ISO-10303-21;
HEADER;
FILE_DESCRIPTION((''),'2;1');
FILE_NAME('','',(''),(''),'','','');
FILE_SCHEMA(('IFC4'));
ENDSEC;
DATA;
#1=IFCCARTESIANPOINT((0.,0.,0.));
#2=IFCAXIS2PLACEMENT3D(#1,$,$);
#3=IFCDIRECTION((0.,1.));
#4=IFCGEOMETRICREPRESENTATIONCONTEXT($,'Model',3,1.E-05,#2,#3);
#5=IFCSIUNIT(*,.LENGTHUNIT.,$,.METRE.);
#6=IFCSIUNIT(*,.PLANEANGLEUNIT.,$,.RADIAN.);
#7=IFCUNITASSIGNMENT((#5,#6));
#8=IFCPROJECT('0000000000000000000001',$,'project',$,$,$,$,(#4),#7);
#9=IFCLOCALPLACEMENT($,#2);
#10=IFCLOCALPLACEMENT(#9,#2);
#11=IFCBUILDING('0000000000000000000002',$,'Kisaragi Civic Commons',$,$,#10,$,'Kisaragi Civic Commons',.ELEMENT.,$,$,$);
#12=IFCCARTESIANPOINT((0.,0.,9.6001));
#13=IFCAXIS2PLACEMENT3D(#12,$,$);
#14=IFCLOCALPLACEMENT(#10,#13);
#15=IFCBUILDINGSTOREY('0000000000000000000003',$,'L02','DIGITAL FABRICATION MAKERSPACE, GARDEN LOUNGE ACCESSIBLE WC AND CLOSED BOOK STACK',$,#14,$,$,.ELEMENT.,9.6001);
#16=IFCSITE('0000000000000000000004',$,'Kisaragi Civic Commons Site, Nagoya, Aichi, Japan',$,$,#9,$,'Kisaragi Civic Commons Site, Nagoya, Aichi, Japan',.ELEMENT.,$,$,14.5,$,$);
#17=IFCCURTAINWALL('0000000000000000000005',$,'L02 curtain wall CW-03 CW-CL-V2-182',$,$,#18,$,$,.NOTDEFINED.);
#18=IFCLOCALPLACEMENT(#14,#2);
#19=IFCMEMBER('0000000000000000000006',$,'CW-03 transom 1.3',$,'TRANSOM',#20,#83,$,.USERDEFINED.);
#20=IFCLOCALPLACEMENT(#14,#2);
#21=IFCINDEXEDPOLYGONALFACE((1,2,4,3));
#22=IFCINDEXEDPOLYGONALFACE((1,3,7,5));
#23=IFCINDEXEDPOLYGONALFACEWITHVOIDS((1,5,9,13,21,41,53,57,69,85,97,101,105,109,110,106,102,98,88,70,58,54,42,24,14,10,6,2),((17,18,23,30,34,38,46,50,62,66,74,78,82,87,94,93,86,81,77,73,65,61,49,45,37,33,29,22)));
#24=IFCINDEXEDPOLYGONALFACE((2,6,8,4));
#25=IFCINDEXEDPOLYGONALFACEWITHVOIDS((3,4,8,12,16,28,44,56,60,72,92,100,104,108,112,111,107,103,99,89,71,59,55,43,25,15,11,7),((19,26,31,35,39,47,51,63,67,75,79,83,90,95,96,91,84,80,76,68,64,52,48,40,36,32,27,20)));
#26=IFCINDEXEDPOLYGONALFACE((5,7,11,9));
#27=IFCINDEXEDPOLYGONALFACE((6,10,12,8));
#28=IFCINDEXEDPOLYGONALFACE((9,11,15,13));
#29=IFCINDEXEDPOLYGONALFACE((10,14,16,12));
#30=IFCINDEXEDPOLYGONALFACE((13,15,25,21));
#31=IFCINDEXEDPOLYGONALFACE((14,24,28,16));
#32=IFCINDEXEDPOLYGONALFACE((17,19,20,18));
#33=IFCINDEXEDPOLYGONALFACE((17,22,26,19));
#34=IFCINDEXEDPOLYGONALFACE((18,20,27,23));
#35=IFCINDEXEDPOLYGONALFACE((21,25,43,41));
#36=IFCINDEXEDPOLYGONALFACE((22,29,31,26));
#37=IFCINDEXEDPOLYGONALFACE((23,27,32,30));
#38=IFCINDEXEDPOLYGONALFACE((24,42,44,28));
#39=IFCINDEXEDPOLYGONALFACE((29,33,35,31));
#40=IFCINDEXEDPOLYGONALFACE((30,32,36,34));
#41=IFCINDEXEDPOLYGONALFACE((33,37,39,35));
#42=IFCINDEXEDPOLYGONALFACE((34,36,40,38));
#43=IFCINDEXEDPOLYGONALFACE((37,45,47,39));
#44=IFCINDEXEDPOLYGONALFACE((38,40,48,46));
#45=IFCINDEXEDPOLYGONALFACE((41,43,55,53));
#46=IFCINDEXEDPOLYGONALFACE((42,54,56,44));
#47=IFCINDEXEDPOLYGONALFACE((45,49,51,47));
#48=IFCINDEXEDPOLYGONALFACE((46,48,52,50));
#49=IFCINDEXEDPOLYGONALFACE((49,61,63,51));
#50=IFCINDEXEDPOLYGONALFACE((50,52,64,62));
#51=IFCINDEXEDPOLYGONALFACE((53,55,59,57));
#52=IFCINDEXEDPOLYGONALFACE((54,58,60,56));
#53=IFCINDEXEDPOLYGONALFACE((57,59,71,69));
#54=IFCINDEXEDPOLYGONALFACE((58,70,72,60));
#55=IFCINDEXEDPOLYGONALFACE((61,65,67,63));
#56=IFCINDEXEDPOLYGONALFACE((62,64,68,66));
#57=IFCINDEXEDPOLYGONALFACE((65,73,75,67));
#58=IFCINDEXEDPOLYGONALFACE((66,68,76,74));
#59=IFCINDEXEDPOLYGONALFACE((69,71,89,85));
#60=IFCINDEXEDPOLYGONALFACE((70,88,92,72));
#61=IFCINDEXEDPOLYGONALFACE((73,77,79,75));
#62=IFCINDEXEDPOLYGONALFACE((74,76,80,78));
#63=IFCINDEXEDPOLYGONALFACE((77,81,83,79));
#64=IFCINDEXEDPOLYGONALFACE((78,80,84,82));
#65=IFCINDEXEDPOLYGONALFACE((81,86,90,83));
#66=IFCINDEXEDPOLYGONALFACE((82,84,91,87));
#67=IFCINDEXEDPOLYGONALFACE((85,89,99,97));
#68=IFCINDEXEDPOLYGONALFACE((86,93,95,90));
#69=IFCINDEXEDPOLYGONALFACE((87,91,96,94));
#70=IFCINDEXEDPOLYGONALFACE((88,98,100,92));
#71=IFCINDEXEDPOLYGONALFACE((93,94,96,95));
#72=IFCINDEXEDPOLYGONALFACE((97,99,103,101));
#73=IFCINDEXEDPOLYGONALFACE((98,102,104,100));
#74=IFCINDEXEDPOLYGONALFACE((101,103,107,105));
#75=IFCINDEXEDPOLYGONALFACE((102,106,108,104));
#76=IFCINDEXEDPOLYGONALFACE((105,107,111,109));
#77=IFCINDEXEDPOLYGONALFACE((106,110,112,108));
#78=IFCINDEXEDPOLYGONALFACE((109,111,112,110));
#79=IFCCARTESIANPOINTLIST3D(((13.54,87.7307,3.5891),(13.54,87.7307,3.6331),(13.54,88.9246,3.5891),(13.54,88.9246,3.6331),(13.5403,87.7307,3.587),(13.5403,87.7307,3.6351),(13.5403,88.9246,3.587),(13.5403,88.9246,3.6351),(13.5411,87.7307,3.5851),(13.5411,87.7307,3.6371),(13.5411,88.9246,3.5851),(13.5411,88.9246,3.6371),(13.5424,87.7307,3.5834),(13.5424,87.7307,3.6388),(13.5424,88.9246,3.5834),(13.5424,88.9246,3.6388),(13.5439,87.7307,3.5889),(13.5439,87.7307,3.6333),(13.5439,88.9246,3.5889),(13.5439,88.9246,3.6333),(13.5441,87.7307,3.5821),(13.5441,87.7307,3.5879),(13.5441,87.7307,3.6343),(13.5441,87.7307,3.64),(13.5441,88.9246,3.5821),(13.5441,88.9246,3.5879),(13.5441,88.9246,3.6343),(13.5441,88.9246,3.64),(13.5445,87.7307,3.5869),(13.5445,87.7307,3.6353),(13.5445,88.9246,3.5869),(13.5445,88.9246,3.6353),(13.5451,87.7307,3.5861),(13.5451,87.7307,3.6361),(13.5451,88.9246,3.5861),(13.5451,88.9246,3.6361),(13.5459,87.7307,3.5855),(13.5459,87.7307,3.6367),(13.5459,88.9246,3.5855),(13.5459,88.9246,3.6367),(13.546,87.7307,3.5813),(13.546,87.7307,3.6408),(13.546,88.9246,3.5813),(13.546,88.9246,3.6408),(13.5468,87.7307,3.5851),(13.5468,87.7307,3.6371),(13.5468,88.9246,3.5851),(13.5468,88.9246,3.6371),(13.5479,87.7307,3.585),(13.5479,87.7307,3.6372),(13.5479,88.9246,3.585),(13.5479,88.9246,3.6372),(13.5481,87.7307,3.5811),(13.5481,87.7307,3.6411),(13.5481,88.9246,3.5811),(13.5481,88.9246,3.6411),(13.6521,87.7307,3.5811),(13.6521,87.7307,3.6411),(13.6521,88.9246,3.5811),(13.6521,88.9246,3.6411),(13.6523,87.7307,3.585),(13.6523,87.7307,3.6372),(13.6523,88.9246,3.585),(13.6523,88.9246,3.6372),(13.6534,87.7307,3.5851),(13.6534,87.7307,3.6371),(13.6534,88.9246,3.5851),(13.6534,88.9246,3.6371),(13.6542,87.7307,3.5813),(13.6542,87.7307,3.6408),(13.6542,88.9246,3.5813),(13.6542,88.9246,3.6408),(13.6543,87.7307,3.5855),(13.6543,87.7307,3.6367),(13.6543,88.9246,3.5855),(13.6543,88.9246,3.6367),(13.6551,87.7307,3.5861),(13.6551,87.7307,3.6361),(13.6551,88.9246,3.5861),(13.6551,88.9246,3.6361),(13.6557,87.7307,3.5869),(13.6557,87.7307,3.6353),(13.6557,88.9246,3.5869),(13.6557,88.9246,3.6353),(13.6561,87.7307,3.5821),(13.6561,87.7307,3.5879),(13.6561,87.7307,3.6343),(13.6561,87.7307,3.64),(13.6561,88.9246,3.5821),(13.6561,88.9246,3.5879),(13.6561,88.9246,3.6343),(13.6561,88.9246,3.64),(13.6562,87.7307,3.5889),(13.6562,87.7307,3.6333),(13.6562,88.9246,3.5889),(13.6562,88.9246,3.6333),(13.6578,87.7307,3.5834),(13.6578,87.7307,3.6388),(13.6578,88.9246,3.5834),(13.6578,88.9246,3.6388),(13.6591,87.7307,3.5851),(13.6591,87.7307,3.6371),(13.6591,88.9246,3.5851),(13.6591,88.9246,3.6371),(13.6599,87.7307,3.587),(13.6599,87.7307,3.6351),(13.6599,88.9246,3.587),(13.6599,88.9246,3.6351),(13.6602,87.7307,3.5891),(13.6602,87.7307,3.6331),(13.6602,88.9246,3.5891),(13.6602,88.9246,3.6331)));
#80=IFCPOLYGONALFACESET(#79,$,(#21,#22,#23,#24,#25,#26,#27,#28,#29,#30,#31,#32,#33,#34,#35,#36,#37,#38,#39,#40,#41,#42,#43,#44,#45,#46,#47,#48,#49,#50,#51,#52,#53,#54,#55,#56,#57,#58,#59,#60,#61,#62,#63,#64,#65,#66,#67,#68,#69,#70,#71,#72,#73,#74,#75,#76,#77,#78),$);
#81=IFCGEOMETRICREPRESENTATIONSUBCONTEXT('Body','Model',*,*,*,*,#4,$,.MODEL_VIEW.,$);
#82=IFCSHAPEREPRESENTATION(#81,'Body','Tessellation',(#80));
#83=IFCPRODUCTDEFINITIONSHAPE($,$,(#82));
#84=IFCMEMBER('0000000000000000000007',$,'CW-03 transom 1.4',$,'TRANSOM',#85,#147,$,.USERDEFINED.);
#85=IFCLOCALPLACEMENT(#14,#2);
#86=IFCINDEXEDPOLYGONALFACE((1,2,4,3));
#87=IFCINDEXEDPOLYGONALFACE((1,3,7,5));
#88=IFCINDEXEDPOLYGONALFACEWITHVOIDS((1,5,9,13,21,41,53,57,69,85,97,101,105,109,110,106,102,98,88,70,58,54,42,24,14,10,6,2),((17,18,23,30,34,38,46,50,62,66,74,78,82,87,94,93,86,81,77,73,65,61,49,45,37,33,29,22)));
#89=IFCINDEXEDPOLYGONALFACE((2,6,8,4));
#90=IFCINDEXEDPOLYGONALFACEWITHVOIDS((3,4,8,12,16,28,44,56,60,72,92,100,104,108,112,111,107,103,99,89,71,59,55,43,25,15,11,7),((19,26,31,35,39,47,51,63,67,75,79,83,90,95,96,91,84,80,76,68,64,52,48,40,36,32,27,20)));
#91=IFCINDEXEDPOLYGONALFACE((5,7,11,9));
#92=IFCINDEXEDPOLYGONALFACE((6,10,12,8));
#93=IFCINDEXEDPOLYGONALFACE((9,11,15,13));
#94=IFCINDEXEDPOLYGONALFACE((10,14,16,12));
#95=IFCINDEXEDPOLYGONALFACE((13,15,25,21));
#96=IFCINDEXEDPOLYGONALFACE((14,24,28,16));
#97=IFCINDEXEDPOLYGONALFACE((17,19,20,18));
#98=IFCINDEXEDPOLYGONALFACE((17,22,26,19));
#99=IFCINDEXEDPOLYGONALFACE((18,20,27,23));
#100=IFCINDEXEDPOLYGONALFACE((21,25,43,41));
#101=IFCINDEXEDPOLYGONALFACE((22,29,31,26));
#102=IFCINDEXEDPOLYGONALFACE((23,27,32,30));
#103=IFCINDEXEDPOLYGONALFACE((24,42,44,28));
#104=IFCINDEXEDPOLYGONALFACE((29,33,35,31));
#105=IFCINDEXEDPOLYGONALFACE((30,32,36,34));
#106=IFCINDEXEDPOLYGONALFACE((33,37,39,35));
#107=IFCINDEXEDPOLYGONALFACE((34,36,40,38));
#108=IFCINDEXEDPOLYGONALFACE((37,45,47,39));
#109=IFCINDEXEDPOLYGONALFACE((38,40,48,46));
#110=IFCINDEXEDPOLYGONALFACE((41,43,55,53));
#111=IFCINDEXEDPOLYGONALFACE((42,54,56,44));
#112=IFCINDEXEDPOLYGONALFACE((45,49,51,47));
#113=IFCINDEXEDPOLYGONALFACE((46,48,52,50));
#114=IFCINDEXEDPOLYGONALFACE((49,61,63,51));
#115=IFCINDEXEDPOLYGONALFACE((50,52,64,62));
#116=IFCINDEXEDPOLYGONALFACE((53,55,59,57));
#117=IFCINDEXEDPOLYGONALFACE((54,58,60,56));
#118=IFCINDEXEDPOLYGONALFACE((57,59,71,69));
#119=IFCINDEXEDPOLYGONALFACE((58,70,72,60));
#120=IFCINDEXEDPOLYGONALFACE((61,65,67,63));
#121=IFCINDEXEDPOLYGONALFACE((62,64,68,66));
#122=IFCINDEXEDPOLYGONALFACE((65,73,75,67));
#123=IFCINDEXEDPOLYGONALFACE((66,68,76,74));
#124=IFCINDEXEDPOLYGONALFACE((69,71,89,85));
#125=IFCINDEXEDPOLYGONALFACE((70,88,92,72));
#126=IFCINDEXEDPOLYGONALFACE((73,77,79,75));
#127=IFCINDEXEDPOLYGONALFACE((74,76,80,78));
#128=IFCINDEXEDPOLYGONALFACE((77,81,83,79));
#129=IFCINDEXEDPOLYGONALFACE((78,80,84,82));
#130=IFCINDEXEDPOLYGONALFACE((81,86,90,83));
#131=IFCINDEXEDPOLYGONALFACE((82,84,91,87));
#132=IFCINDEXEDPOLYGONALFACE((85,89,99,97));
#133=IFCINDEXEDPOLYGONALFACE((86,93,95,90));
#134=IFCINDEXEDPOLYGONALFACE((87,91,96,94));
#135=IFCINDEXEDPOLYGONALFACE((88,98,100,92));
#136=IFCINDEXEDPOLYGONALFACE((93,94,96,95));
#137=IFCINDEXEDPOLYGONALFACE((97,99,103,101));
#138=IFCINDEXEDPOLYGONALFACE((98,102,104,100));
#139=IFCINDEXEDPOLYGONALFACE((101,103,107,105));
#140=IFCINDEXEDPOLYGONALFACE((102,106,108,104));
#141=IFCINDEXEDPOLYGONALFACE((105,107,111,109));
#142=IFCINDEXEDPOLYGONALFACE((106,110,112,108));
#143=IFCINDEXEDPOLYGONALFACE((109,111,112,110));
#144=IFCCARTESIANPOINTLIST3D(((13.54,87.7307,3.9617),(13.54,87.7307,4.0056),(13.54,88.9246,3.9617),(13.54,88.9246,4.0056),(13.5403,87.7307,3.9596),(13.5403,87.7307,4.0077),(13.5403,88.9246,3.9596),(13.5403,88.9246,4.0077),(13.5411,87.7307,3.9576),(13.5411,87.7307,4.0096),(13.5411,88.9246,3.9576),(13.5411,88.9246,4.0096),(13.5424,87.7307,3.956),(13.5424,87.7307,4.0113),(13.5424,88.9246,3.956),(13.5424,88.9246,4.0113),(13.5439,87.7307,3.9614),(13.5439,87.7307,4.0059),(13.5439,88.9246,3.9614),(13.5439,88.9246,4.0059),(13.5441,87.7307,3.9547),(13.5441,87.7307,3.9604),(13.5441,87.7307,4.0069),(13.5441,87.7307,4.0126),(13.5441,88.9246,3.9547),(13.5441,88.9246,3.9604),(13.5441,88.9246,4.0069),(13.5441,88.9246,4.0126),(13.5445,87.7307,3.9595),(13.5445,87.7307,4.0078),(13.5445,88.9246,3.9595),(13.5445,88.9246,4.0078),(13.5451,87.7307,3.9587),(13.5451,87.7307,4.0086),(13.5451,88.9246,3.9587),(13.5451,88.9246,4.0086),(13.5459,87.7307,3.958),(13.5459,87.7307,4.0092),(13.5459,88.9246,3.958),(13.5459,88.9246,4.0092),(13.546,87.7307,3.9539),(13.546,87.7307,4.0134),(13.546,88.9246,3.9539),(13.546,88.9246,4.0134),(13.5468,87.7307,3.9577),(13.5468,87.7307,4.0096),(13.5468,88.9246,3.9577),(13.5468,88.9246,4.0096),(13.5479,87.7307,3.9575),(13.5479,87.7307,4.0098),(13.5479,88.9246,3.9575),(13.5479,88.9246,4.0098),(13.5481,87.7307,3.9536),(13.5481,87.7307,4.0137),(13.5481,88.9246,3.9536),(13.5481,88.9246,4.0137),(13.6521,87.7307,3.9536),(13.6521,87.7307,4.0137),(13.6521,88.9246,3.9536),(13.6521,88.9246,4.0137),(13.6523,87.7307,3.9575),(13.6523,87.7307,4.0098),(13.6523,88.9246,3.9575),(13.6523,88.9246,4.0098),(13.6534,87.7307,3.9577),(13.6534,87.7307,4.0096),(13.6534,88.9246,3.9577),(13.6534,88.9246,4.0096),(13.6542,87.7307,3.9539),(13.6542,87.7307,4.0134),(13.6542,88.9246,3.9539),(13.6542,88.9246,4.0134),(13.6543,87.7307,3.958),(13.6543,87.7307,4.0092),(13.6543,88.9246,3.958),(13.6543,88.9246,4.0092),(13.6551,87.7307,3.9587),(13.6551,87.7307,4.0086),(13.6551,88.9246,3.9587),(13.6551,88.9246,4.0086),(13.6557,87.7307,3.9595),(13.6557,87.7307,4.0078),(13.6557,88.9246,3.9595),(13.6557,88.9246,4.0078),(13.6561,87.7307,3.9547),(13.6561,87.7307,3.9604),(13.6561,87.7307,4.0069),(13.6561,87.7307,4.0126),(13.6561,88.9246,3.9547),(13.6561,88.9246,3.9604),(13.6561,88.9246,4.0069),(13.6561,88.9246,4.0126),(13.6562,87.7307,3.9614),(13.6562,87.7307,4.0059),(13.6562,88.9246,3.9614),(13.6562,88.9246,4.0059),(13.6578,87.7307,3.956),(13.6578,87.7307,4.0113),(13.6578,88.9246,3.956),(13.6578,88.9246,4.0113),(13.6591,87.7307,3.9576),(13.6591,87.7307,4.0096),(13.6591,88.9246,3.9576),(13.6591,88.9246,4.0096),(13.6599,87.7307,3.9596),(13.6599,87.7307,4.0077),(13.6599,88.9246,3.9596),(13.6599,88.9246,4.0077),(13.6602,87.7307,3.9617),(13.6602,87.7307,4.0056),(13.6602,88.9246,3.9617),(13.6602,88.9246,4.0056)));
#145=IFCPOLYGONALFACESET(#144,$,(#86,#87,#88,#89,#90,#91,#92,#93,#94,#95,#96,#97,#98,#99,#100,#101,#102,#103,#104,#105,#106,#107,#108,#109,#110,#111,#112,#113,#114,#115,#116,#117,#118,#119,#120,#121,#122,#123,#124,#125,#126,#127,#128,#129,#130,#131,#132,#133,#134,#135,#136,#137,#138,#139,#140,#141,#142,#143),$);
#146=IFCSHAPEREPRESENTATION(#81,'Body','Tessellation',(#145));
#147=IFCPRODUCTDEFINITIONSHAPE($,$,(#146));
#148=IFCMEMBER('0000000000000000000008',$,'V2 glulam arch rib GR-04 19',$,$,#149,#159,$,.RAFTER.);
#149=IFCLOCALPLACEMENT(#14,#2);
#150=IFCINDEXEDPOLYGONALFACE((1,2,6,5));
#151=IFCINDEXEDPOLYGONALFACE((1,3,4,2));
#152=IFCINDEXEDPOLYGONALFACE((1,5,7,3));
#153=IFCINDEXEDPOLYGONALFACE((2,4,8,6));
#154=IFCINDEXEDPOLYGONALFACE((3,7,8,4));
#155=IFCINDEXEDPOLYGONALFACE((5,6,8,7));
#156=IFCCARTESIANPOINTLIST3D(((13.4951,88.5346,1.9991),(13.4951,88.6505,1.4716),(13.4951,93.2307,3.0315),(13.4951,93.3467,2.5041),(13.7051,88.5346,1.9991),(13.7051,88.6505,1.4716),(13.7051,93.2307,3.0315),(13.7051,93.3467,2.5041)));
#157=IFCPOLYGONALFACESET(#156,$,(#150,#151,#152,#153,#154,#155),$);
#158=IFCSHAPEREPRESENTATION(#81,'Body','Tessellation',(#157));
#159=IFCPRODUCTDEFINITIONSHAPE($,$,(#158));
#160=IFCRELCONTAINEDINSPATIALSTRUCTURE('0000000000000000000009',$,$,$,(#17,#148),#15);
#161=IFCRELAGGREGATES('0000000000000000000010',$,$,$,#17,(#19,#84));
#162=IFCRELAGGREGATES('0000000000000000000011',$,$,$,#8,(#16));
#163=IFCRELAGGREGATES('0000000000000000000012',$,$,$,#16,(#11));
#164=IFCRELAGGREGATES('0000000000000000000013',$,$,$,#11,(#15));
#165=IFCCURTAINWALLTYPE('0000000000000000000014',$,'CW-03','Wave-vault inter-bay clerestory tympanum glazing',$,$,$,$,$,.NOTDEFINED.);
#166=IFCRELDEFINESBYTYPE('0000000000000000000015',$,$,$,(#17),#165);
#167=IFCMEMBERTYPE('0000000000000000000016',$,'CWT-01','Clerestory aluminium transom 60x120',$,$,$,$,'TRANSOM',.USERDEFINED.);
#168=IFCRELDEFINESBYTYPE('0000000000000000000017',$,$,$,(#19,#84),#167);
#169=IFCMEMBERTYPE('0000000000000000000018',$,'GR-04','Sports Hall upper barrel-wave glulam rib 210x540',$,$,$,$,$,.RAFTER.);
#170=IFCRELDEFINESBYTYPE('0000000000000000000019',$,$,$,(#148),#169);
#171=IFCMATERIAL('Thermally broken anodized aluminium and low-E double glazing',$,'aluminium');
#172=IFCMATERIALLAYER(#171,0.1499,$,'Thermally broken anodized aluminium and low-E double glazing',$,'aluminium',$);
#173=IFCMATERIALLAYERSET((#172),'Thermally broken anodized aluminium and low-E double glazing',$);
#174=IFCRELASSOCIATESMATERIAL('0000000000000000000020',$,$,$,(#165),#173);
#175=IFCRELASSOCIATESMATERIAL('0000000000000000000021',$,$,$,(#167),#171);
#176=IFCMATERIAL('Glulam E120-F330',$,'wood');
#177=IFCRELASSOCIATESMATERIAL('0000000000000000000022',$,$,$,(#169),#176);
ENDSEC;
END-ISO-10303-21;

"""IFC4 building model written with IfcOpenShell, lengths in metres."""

from ifc_helpers import new_model, si_unit, direction, frame, origin, origin_2d, place, context, subcontext, project, spatial, rectangle, hollow_rectangle, extrude, material, layer, layer_set, material_profile, profile_set, type_object, element, aggregate, save


model = new_model("IFC4")

# Units and contexts
model_context = context("Model", 3, precision=1e-05, world=origin(), true_north=direction((0.0, 1.0)))
body_context = subcontext(model_context, "Body", "Model", "MODEL_VIEW")
ifc_project = project(units=[si_unit("LENGTHUNIT", "METRE"), si_unit("PLANEANGLEUNIT", "RADIAN")], contexts=[model_context])

# Site, building, storey
site_placement = place(None, origin())
site = spatial("IfcSite", under=ifc_project, at=site_placement, Name="Kisaragi Civic Commons Site, Nagoya, Aichi, Japan", LongName="Kisaragi Civic Commons Site, Nagoya, Aichi, Japan", CompositionType="ELEMENT", RefElevation=14.5)
building_placement = place(site_placement, origin())
building = spatial("IfcBuilding", under=site, at=building_placement, Name="Kisaragi Civic Commons", LongName="Kisaragi Civic Commons", CompositionType="ELEMENT")
storey_placement = place(building_placement, frame((0.0, 0.0, 9.6001)))
storey = spatial("IfcBuildingStorey", under=building, at=storey_placement, Name="L02", Description="DIGITAL FABRICATION MAKERSPACE, GARDEN LOUNGE ACCESSIBLE WC AND CLOSED BOOK STACK", CompositionType="ELEMENT", Elevation=9.6001)

# Shared definitions
ifc_material_1 = material(Name="Thermally broken anodized aluminium and low-E double glazing", Category="aluminium")
ifc_layer_1 = layer(ifc_material_1, 0.1499, Name="Thermally broken anodized aluminium and low-E double glazing", Category="aluminium")
ifc_layer_set_1 = layer_set([ifc_layer_1], Name="Thermally broken anodized aluminium and low-E double glazing")
curtain_wall_type = type_object("IfcCurtainWallType", Name="CW-03", Description="Wave-vault inter-bay clerestory tympanum glazing", PredefinedType="NOTDEFINED", material=ifc_layer_set_1)

# Curtain wall
curtain_wall_1_placement = place(storey_placement, origin())
curtain_wall_1 = element("IfcCurtainWall", 1, at=curtain_wall_1_placement, inside=storey, type_object=curtain_wall_type, Name="L02 curtain wall CW-03 CW-CL-V2-182", PredefinedType="NOTDEFINED")

# Members
ifc_material_profile_1 = material_profile(ifc_material_1, hollow_rectangle(XDim=0.1201, YDim=0.0601, WallThickness=0.0039, InnerFilletRadius=0.0039, OuterFilletRadius=0.0081, at=origin_2d()), Name="CWT-60x120x4", Category="aluminium")
ifc_profile_set_1 = profile_set([ifc_material_profile_1], Name="Thermally broken anodized aluminium and low-E double glazing")
member_type_1 = type_object("IfcMemberType", Name="CWT-01", Description="Clerestory aluminium transom 60x120", ElementType="TRANSOM", PredefinedType="USERDEFINED", material=ifc_profile_set_1)
member_1_placement = place(storey_placement, frame((13.6001, 87.7307, 3.6111), z_axis=(0.0, 1.0, 0.0), x_axis=(-1.0, 0.0, 0.0)))
member_1 = element("IfcMember", 2, at=member_1_placement, type_object=member_type_1, Name="CW-03 transom 1.3", ObjectType="TRANSOM", PredefinedType="USERDEFINED", context=body_context, shape_type="SweptSolid", body=[
    extrude(hollow_rectangle(XDim=0.1201, YDim=0.0601, WallThickness=0.0039, InnerFilletRadius=0.0039, OuterFilletRadius=0.0081, at=origin_2d()), origin(), (0.0, 0.0, 1.0), 1.1938),
])
member_2_placement = place(storey_placement, frame((13.6001, 87.7307, 3.9836), z_axis=(0.0, 1.0, 0.0), x_axis=(-1.0, 0.0, 0.0)))
member_2 = element("IfcMember", 3, at=member_2_placement, type_object=member_type_1, Name="CW-03 transom 1.4", ObjectType="TRANSOM", PredefinedType="USERDEFINED", context=body_context, shape_type="SweptSolid", body=[
    extrude(hollow_rectangle(XDim=0.1201, YDim=0.0601, WallThickness=0.0039, InnerFilletRadius=0.0039, OuterFilletRadius=0.0081, at=origin_2d()), origin(), (0.0, 0.0, 1.0), 1.1938),
])

# Member
ifc_material_2 = material(Name="Glulam E120-F330", Category="wood")
ifc_material_profile_2 = material_profile(ifc_material_2, rectangle(XDim=0.21, YDim=0.54, at=origin_2d()), Name="GL-210x540", Category="wood")
ifc_profile_set_2 = profile_set([ifc_material_profile_2], Name="Glulam E120-F330")
member_type_2 = type_object("IfcMemberType", Name="GR-04", Description="Sports Hall upper barrel-wave glulam rib 210x540", PredefinedType="RAFTER", material=ifc_profile_set_2)
member_3_placement = place(storey_placement, frame((13.6001, 88.5925, 1.7354), z_axis=(0.0, 0.976676, 0.21472), x_axis=(-1.0, 0.0, 0.0)))
element("IfcMember", 4, at=member_3_placement, inside=storey, type_object=member_type_2, Name="V2 glulam arch rib GR-04 19", PredefinedType="RAFTER", context=body_context, shape_type="SweptSolid", body=[
    extrude(rectangle(XDim=0.21, YDim=0.54, at=origin_2d()), origin(), (0.0, 0.0, 1.0), 4.8083),
])

aggregate(curtain_wall_1, [member_1, member_2])

save(model, "model.ifc")
